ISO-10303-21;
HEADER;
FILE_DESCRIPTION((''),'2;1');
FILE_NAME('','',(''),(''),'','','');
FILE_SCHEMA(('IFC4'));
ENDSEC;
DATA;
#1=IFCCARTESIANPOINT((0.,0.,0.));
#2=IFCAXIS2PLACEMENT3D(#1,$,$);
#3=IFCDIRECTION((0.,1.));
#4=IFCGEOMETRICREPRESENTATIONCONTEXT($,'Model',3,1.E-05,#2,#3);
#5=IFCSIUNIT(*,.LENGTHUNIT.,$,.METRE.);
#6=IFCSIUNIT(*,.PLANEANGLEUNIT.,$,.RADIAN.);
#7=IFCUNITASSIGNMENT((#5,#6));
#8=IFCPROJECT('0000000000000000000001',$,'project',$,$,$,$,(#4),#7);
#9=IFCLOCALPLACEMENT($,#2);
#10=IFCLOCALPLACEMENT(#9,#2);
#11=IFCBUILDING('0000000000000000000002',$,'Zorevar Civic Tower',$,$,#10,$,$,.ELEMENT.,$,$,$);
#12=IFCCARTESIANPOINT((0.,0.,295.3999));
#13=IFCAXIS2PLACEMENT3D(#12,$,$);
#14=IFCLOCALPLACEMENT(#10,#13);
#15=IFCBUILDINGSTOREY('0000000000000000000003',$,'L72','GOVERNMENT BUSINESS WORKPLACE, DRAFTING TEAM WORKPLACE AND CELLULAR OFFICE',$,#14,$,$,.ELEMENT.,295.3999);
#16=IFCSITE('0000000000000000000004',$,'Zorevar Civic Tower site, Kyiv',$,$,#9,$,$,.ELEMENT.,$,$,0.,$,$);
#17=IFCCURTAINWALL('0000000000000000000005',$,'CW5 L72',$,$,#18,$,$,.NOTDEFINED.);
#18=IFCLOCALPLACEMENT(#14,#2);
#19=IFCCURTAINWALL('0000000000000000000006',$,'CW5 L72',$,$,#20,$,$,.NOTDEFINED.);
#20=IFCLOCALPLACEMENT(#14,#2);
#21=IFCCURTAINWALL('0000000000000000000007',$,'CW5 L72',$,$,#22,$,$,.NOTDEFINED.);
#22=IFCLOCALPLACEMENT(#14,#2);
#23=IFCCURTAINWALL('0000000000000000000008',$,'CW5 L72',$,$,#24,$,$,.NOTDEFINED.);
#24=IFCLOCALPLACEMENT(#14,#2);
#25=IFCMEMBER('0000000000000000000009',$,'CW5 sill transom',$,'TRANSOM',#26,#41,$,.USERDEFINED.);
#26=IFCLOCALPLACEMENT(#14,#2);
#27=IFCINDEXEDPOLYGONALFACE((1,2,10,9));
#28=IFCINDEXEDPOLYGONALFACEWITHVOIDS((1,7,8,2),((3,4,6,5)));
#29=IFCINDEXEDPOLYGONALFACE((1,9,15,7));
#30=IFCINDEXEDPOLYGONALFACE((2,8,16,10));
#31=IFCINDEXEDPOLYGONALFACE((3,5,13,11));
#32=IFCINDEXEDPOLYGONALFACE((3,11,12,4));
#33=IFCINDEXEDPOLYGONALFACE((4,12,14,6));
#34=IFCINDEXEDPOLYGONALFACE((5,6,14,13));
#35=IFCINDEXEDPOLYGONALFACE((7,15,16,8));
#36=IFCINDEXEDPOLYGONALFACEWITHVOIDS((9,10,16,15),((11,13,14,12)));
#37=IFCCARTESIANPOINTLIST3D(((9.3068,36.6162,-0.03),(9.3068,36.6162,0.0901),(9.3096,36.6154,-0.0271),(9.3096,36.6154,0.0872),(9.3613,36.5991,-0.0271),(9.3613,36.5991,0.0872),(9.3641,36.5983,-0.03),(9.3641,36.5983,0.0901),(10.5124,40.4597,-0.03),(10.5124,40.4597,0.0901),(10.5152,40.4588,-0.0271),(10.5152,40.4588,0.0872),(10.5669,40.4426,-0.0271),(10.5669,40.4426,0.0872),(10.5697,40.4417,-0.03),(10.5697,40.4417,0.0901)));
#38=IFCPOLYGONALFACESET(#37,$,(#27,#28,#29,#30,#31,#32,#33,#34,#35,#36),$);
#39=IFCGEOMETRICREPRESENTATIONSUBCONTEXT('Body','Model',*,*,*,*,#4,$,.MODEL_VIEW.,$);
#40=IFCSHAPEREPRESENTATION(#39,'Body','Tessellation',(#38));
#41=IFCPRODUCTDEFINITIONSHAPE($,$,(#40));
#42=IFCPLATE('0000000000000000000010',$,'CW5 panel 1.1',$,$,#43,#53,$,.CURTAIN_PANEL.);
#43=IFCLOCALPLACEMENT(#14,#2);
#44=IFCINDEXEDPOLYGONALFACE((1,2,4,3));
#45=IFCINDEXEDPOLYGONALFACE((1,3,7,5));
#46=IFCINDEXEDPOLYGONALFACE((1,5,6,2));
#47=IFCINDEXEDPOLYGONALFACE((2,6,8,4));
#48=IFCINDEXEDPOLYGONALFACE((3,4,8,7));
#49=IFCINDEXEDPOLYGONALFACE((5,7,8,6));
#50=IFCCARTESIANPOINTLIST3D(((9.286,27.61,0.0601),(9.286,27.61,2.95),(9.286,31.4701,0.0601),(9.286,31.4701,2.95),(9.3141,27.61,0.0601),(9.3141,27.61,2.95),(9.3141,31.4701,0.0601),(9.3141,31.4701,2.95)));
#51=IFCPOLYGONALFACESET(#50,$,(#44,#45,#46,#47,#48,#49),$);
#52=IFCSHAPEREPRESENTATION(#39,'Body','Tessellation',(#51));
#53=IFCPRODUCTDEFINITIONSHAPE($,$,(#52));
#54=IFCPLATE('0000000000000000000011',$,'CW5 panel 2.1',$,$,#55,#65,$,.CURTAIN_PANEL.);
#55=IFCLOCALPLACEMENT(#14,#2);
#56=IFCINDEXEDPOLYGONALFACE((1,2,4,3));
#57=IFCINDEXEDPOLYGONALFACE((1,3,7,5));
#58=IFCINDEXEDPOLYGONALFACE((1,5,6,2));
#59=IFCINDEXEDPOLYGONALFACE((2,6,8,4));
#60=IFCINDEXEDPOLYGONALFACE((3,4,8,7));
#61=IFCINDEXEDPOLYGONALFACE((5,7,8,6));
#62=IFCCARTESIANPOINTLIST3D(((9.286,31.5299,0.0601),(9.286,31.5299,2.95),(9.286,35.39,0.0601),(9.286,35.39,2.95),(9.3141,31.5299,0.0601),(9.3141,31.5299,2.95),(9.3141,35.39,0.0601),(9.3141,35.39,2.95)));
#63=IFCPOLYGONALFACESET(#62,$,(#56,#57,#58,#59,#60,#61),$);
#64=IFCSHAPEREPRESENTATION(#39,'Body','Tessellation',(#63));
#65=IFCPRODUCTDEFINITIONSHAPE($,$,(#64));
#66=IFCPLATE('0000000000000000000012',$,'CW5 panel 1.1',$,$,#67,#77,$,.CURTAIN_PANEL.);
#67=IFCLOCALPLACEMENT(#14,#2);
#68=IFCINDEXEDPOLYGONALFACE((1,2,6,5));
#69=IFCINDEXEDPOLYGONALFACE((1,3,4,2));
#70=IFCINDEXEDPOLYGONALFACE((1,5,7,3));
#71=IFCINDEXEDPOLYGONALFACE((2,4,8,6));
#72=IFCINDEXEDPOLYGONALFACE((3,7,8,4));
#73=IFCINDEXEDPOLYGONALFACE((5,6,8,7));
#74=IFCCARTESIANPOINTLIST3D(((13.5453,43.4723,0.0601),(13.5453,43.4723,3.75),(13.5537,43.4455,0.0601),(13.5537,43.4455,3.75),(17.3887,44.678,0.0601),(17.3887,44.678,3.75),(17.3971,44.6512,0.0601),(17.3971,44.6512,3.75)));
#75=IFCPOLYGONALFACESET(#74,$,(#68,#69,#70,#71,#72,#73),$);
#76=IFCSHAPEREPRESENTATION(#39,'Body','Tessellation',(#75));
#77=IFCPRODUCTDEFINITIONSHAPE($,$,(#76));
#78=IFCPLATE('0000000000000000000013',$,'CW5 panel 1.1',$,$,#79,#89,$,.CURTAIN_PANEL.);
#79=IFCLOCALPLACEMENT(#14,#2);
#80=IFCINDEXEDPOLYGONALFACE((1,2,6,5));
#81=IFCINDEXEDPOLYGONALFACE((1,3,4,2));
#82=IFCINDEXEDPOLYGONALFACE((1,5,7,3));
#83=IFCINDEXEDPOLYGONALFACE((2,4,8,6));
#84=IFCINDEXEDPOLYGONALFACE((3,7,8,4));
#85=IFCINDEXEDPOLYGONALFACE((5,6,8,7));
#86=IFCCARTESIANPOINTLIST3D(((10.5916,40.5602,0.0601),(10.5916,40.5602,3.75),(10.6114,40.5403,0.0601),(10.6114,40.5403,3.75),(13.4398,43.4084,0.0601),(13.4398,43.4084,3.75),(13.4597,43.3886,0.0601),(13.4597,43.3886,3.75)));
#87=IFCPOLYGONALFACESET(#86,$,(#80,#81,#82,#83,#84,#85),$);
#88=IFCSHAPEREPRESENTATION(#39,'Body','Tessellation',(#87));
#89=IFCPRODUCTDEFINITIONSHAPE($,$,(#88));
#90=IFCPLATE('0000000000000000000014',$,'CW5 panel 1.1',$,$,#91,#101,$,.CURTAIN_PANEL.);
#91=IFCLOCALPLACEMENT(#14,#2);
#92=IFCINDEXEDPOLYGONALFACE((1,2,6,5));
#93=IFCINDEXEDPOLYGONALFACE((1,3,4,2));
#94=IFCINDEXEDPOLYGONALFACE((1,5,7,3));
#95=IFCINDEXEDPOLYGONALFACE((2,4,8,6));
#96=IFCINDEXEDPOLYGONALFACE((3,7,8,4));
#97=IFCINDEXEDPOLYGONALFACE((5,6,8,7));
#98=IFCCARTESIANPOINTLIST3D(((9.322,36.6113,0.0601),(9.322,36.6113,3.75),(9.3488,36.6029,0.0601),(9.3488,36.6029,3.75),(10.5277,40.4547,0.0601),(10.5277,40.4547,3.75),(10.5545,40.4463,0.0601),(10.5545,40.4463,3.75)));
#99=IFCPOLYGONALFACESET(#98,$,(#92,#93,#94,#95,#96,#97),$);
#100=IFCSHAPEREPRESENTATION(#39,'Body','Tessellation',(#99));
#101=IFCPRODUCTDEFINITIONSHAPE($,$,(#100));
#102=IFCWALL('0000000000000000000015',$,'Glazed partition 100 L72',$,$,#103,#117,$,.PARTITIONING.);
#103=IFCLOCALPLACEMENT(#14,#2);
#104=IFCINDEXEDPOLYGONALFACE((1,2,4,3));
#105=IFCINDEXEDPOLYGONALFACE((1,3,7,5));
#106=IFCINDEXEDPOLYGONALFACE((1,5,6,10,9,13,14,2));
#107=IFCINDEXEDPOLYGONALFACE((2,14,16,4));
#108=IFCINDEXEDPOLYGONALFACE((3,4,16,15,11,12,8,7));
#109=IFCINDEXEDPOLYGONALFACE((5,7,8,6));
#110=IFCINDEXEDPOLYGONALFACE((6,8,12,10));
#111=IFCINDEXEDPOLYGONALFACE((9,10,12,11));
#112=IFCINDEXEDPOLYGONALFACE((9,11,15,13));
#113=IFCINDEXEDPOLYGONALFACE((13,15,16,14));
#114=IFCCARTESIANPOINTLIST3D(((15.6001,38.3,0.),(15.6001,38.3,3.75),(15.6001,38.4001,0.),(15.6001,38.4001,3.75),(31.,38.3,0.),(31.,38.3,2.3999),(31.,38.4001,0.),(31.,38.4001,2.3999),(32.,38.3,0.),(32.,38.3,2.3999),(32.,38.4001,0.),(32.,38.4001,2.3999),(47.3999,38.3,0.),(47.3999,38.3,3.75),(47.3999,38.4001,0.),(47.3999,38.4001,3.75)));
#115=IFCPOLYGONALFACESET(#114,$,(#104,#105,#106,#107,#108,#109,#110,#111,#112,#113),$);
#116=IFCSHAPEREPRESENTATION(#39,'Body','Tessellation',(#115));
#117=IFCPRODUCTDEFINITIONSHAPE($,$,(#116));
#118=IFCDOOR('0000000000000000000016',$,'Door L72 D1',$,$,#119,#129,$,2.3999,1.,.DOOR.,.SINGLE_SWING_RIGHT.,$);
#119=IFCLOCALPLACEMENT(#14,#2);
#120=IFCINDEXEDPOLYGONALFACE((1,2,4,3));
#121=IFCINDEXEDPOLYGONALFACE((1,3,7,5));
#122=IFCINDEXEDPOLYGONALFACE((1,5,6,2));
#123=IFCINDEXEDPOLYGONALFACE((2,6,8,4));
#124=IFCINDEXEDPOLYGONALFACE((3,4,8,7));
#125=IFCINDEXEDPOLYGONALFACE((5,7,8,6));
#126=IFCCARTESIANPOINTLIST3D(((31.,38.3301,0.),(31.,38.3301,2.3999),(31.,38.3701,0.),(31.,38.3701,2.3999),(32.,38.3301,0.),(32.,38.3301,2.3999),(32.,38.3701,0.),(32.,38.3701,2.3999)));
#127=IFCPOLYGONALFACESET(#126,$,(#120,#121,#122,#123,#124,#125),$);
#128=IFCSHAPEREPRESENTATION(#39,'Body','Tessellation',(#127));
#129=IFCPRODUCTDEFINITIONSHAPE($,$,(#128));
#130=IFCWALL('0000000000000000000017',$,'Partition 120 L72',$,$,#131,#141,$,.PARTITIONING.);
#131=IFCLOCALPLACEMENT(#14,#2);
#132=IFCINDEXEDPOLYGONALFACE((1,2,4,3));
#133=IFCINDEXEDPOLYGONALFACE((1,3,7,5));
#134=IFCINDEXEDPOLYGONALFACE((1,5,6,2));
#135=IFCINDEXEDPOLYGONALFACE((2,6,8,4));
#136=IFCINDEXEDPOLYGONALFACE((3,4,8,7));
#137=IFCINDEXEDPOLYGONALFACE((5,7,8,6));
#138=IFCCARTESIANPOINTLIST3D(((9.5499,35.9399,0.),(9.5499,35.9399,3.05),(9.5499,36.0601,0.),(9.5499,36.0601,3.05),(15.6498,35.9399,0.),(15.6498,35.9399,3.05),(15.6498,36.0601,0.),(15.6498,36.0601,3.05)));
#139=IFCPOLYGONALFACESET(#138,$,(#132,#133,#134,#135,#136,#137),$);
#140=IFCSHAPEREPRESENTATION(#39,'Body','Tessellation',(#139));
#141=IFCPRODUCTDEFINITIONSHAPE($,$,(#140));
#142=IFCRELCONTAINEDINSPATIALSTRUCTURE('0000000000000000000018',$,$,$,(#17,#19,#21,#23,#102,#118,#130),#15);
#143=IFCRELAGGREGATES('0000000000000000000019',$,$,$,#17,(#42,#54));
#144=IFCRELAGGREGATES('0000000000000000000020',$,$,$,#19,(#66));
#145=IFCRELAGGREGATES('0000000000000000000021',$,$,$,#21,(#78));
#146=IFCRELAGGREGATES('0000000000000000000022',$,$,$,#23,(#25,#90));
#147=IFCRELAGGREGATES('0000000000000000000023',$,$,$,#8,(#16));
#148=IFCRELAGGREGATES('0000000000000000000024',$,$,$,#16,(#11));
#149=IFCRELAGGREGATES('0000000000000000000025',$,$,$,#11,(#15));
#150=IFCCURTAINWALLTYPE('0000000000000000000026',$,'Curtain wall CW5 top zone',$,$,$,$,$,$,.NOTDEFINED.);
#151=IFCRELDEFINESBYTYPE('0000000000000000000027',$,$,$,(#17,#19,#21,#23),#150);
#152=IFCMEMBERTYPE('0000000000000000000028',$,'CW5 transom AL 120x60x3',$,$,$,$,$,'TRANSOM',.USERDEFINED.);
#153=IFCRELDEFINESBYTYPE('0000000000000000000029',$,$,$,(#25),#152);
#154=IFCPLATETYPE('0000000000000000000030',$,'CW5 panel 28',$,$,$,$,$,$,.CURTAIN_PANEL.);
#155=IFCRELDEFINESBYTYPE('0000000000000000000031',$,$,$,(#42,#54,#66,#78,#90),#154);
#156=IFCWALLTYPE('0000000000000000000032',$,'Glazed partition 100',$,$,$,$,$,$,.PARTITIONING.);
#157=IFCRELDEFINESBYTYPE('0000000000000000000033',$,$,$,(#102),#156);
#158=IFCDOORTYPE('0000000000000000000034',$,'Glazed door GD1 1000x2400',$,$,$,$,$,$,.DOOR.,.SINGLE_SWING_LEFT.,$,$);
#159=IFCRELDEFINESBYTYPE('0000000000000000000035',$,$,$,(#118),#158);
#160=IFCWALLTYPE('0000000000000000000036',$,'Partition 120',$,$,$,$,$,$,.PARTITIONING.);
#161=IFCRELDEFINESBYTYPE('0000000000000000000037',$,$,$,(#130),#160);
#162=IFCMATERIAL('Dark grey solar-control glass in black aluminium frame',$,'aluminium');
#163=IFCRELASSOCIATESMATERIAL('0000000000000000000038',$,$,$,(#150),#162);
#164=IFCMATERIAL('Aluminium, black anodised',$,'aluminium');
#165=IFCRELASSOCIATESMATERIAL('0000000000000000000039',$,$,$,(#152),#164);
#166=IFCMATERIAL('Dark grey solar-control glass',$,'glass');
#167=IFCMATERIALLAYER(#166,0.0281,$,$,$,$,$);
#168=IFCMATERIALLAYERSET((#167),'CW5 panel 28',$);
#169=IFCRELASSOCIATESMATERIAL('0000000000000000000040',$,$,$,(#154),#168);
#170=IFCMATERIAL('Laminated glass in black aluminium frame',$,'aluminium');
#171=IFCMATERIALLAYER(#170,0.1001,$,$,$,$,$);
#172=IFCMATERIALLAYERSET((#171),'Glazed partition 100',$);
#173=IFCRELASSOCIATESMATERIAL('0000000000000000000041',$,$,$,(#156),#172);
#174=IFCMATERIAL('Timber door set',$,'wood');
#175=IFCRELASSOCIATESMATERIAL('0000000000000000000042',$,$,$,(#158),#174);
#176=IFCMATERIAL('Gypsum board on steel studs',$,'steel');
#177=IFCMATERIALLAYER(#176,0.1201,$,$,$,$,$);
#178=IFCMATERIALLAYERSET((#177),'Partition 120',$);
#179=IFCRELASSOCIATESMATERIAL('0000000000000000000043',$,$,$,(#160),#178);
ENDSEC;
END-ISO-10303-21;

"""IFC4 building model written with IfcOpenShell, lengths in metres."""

from ifc_helpers import new_model, si_unit, direction, frame, frame_2d, origin, origin_2d, place, context, subcontext, project, spatial, rectangle, hollow_rectangle, extrude, material, layer, layer_set, material_profile, profile_set, type_object, element, fill, aggregate, save


model = new_model("IFC4")

# Units and contexts
model_context = context("Model", 3, precision=1e-05, world=origin(), true_north=direction((0.0, 1.0)))
body_context = subcontext(model_context, "Body", "Model", "MODEL_VIEW")
ifc_project = project(units=[si_unit("LENGTHUNIT", "METRE"), si_unit("PLANEANGLEUNIT", "RADIAN")], contexts=[model_context])

# Site, building, storey
site_placement = place(None, origin())
site = spatial("IfcSite", under=ifc_project, at=site_placement, Name="Zorevar Civic Tower site, Kyiv", CompositionType="ELEMENT", RefElevation=0.0)
building_placement = place(site_placement, origin())
building = spatial("IfcBuilding", under=site, at=building_placement, Name="Zorevar Civic Tower", CompositionType="ELEMENT")
storey_placement = place(building_placement, frame((0.0, 0.0, 295.3999)))
storey = spatial("IfcBuildingStorey", under=building, at=storey_placement, Name="L72", Description="GOVERNMENT BUSINESS WORKPLACE, DRAFTING TEAM WORKPLACE AND CELLULAR OFFICE", CompositionType="ELEMENT", Elevation=295.3999)

# Curtain wall
ifc_material_1 = material(Name="Dark grey solar-control glass in black aluminium frame", Category="aluminium")
curtain_wall_type = type_object("IfcCurtainWallType", Name="Curtain wall CW5 top zone", PredefinedType="NOTDEFINED", material=ifc_material_1)
curtain_wall_1_placement = place(storey_placement, origin())
curtain_wall_1 = element("IfcCurtainWall", 1, at=curtain_wall_1_placement, inside=storey, type_object=curtain_wall_type, Name="CW5 L72", PredefinedType="NOTDEFINED")

# Curtain wall
curtain_wall_2_placement = place(storey_placement, origin())
curtain_wall_2 = element("IfcCurtainWall", 2, at=curtain_wall_2_placement, inside=storey, type_object=curtain_wall_type, Name="CW5 L72", PredefinedType="NOTDEFINED")

# Curtain walls
curtain_wall_3_placement = place(storey_placement, origin())
curtain_wall_3 = element("IfcCurtainWall", 3, at=curtain_wall_3_placement, inside=storey, type_object=curtain_wall_type, Name="CW5 L72", PredefinedType="NOTDEFINED")
curtain_wall_4_placement = place(storey_placement, origin())
curtain_wall_4 = element("IfcCurtainWall", 4, at=curtain_wall_4_placement, inside=storey, type_object=curtain_wall_type, Name="CW5 L72", PredefinedType="NOTDEFINED")

# Member
ifc_material_2 = material(Name="Aluminium, black anodised", Category="aluminium")
ifc_material_profile_1 = material_profile(ifc_material_2, hollow_rectangle(XDim=0.0601, YDim=0.1201, WallThickness=0.0029, at=origin_2d()), Name="AL 120x60x3")
ifc_profile_set_1 = profile_set([ifc_material_profile_1], Name="Aluminium, black anodised")
member_type_1 = type_object("IfcMemberType", Name="CW5 transom AL 120x60x3", ElementType="TRANSOM", PredefinedType="USERDEFINED", material=ifc_profile_set_1)
member_1_placement = place(storey_placement, frame((10.541, 40.4507, 0.03), z_axis=(-0.299286, -0.954163, 0.0), x_axis=(0.954163, -0.299286, 0.0)))
member_1 = element("IfcMember", 5, at=member_1_placement, type_object=member_type_1, Name="CW5 sill transom", ObjectType="TRANSOM", PredefinedType="USERDEFINED", context=body_context, shape_type="SweptSolid", body=[
    extrude(hollow_rectangle(XDim=0.0601, YDim=0.1201, WallThickness=0.0029, at=origin_2d()), origin(), (0.0, 0.0, 1.0), 4.0281),
])

# Plates
ifc_material_3 = material(Name="Dark grey solar-control glass", Category="glass")
ifc_layer_1 = layer(ifc_material_3, 0.0281)
ifc_layer_set_1 = layer_set([ifc_layer_1], Name="CW5 panel 28")
plate_type = type_object("IfcPlateType", Name="CW5 panel 28", PredefinedType="CURTAIN_PANEL", material=ifc_layer_set_1)
plate_1_placement = place(storey_placement, frame((9.3, 29.54, 0.0601), z_axis=(0.0, 0.0, 1.0), x_axis=(0.0, 1.0, 0.0)))
plate_1 = element("IfcPlate", 6, at=plate_1_placement, type_object=plate_type, Name="CW5 panel 1.1", PredefinedType="CURTAIN_PANEL", context=body_context, shape_type="SweptSolid", body=[
    extrude(rectangle(XDim=3.8601, YDim=0.0281, at=origin_2d()), origin(), (0.0, 0.0, 1.0), 2.8899),
])
plate_2_placement = place(storey_placement, frame((9.3, 33.46, 0.0601), z_axis=(0.0, 0.0, 1.0), x_axis=(0.0, 1.0, 0.0)))
plate_2 = element("IfcPlate", 7, at=plate_2_placement, type_object=plate_type, Name="CW5 panel 2.1", PredefinedType="CURTAIN_PANEL", context=body_context, shape_type="SweptSolid", body=[
    extrude(rectangle(XDim=3.8601, YDim=0.0281, at=origin_2d()), origin(), (0.0, 0.0, 1.0), 2.8899),
])
aggregate(curtain_wall_1, [plate_1, plate_2])
plate_3_placement = place(storey_placement, frame((15.4712, 44.0618, 0.0601), z_axis=(0.0, 0.0, 1.0), x_axis=(-0.954153, -0.299318, 0.0)))
plate_3 = element("IfcPlate", 8, at=plate_3_placement, type_object=plate_type, Name="CW5 panel 1.1", PredefinedType="CURTAIN_PANEL", context=body_context, shape_type="SweptSolid", body=[
    extrude(rectangle(XDim=4.0281, YDim=0.0281, at=origin_2d()), origin(), (0.0, 0.0, 1.0), 3.6899),
])
aggregate(curtain_wall_2, [plate_3])
plate_4_placement = place(storey_placement, frame((12.0256, 41.9744, 0.0601), z_axis=(0.0, 0.0, 1.0), x_axis=(-0.707107, -0.707107, 0.0)))
plate_4 = element("IfcPlate", 9, at=plate_4_placement, type_object=plate_type, Name="CW5 panel 1.1", PredefinedType="CURTAIN_PANEL", context=body_context, shape_type="SweptSolid", body=[
    extrude(rectangle(XDim=4.0281, YDim=0.0281, at=origin_2d()), origin(), (0.0, 0.0, 1.0), 3.6899),
])
aggregate(curtain_wall_3, [plate_4])
plate_5_placement = place(storey_placement, frame((9.9382, 38.5288, 0.0601), z_axis=(0.0, 0.0, 1.0), x_axis=(-0.299318, -0.954153, 0.0)))
plate_5 = element("IfcPlate", 10, at=plate_5_placement, type_object=plate_type, Name="CW5 panel 1.1", PredefinedType="CURTAIN_PANEL", context=body_context, shape_type="SweptSolid", body=[
    extrude(rectangle(XDim=4.0281, YDim=0.0281, at=origin_2d()), origin(), (0.0, 0.0, 1.0), 3.6899),
])
aggregate(curtain_wall_4, [member_1, plate_5])

# Wall, opening, door
ifc_material_4 = material(Name="Laminated glass in black aluminium frame", Category="aluminium")
ifc_layer_2 = layer(ifc_material_4, 0.1001)
ifc_layer_set_2 = layer_set([ifc_layer_2], Name="Glazed partition 100")
wall_type_1 = type_object("IfcWallType", Name="Glazed partition 100", PredefinedType="PARTITIONING", material=ifc_layer_set_2)
wall_1_placement = place(storey_placement, frame((15.6001, 38.3501, 0.0), z_axis=(0.0, 0.0, 1.0), x_axis=(1.0, 0.0, 0.0)))
wall_1 = element("IfcWall", 11, at=wall_1_placement, inside=storey, type_object=wall_type_1, Name="Glazed partition 100 L72", PredefinedType="PARTITIONING", context=body_context, shape_type="SweptSolid", body=[
    extrude(rectangle(XDim=31.7998, YDim=0.1001, at=frame_2d((15.8999, 0.0))), origin(), (0.0, 0.0, 1.0), 3.75),
])
opening_1_placement = place(wall_1_placement, frame((15.3999, 0.0, 0.0)))
opening_1 = element("IfcOpeningElement", 12, at=opening_1_placement, cuts=wall_1, PredefinedType="OPENING", context=body_context, shape_type="SweptSolid", body=[
    extrude(rectangle(XDim=1.0, YDim=2.3999, at=frame_2d((0.5, 1.2))), frame((0.0, 0.0601, 0.0), z_axis=(0.0, -1.0, 0.0), x_axis=(1.0, 0.0, 0.0)), (0.0, 0.0, 1.0), 0.1201),
])
ifc_material_5 = material(Name="Timber door set", Category="wood")
door_type = type_object("IfcDoorType", Name="Glazed door GD1 1000x2400", OperationType="SINGLE_SWING_LEFT", PredefinedType="DOOR", material=ifc_material_5)
door_1_placement = place(opening_1_placement, origin())
door_1 = element("IfcDoor", 13, at=door_1_placement, inside=storey, type_object=door_type, Name="Door L72 D1", OperationType="SINGLE_SWING_RIGHT", OverallHeight=2.3999, OverallWidth=1.0, PredefinedType="DOOR", context=body_context, shape_type="SweptSolid", body=[
    extrude(rectangle(XDim=1.0, YDim=2.3999, at=frame_2d((0.5, 1.2))), frame((0.0, 0.02, 0.0), z_axis=(0.0, -1.0, 0.0), x_axis=(1.0, 0.0, 0.0)), (0.0, 0.0, 1.0), 0.04),
])
fill(opening_1, door_1)

# Wall
ifc_material_6 = material(Name="Gypsum board on steel studs", Category="steel")
ifc_layer_3 = layer(ifc_material_6, 0.1201)
ifc_layer_set_3 = layer_set([ifc_layer_3], Name="Partition 120")
wall_type_2 = type_object("IfcWallType", Name="Partition 120", PredefinedType="PARTITIONING", material=ifc_layer_set_3)
wall_2_placement = place(storey_placement, frame((9.55, 36.0, 0.0), z_axis=(0.0, 0.0, 1.0), x_axis=(1.0, 0.0, 0.0)))
element("IfcWall", 14, at=wall_2_placement, inside=storey, type_object=wall_type_2, Name="Partition 120 L72", PredefinedType="PARTITIONING", context=body_context, shape_type="SweptSolid", body=[
    extrude(rectangle(XDim=6.0999, YDim=0.1201, at=frame_2d((3.0498, 0.0))), origin(), (0.0, 0.0, 1.0), 3.05),
])

save(model, "model.ifc")
